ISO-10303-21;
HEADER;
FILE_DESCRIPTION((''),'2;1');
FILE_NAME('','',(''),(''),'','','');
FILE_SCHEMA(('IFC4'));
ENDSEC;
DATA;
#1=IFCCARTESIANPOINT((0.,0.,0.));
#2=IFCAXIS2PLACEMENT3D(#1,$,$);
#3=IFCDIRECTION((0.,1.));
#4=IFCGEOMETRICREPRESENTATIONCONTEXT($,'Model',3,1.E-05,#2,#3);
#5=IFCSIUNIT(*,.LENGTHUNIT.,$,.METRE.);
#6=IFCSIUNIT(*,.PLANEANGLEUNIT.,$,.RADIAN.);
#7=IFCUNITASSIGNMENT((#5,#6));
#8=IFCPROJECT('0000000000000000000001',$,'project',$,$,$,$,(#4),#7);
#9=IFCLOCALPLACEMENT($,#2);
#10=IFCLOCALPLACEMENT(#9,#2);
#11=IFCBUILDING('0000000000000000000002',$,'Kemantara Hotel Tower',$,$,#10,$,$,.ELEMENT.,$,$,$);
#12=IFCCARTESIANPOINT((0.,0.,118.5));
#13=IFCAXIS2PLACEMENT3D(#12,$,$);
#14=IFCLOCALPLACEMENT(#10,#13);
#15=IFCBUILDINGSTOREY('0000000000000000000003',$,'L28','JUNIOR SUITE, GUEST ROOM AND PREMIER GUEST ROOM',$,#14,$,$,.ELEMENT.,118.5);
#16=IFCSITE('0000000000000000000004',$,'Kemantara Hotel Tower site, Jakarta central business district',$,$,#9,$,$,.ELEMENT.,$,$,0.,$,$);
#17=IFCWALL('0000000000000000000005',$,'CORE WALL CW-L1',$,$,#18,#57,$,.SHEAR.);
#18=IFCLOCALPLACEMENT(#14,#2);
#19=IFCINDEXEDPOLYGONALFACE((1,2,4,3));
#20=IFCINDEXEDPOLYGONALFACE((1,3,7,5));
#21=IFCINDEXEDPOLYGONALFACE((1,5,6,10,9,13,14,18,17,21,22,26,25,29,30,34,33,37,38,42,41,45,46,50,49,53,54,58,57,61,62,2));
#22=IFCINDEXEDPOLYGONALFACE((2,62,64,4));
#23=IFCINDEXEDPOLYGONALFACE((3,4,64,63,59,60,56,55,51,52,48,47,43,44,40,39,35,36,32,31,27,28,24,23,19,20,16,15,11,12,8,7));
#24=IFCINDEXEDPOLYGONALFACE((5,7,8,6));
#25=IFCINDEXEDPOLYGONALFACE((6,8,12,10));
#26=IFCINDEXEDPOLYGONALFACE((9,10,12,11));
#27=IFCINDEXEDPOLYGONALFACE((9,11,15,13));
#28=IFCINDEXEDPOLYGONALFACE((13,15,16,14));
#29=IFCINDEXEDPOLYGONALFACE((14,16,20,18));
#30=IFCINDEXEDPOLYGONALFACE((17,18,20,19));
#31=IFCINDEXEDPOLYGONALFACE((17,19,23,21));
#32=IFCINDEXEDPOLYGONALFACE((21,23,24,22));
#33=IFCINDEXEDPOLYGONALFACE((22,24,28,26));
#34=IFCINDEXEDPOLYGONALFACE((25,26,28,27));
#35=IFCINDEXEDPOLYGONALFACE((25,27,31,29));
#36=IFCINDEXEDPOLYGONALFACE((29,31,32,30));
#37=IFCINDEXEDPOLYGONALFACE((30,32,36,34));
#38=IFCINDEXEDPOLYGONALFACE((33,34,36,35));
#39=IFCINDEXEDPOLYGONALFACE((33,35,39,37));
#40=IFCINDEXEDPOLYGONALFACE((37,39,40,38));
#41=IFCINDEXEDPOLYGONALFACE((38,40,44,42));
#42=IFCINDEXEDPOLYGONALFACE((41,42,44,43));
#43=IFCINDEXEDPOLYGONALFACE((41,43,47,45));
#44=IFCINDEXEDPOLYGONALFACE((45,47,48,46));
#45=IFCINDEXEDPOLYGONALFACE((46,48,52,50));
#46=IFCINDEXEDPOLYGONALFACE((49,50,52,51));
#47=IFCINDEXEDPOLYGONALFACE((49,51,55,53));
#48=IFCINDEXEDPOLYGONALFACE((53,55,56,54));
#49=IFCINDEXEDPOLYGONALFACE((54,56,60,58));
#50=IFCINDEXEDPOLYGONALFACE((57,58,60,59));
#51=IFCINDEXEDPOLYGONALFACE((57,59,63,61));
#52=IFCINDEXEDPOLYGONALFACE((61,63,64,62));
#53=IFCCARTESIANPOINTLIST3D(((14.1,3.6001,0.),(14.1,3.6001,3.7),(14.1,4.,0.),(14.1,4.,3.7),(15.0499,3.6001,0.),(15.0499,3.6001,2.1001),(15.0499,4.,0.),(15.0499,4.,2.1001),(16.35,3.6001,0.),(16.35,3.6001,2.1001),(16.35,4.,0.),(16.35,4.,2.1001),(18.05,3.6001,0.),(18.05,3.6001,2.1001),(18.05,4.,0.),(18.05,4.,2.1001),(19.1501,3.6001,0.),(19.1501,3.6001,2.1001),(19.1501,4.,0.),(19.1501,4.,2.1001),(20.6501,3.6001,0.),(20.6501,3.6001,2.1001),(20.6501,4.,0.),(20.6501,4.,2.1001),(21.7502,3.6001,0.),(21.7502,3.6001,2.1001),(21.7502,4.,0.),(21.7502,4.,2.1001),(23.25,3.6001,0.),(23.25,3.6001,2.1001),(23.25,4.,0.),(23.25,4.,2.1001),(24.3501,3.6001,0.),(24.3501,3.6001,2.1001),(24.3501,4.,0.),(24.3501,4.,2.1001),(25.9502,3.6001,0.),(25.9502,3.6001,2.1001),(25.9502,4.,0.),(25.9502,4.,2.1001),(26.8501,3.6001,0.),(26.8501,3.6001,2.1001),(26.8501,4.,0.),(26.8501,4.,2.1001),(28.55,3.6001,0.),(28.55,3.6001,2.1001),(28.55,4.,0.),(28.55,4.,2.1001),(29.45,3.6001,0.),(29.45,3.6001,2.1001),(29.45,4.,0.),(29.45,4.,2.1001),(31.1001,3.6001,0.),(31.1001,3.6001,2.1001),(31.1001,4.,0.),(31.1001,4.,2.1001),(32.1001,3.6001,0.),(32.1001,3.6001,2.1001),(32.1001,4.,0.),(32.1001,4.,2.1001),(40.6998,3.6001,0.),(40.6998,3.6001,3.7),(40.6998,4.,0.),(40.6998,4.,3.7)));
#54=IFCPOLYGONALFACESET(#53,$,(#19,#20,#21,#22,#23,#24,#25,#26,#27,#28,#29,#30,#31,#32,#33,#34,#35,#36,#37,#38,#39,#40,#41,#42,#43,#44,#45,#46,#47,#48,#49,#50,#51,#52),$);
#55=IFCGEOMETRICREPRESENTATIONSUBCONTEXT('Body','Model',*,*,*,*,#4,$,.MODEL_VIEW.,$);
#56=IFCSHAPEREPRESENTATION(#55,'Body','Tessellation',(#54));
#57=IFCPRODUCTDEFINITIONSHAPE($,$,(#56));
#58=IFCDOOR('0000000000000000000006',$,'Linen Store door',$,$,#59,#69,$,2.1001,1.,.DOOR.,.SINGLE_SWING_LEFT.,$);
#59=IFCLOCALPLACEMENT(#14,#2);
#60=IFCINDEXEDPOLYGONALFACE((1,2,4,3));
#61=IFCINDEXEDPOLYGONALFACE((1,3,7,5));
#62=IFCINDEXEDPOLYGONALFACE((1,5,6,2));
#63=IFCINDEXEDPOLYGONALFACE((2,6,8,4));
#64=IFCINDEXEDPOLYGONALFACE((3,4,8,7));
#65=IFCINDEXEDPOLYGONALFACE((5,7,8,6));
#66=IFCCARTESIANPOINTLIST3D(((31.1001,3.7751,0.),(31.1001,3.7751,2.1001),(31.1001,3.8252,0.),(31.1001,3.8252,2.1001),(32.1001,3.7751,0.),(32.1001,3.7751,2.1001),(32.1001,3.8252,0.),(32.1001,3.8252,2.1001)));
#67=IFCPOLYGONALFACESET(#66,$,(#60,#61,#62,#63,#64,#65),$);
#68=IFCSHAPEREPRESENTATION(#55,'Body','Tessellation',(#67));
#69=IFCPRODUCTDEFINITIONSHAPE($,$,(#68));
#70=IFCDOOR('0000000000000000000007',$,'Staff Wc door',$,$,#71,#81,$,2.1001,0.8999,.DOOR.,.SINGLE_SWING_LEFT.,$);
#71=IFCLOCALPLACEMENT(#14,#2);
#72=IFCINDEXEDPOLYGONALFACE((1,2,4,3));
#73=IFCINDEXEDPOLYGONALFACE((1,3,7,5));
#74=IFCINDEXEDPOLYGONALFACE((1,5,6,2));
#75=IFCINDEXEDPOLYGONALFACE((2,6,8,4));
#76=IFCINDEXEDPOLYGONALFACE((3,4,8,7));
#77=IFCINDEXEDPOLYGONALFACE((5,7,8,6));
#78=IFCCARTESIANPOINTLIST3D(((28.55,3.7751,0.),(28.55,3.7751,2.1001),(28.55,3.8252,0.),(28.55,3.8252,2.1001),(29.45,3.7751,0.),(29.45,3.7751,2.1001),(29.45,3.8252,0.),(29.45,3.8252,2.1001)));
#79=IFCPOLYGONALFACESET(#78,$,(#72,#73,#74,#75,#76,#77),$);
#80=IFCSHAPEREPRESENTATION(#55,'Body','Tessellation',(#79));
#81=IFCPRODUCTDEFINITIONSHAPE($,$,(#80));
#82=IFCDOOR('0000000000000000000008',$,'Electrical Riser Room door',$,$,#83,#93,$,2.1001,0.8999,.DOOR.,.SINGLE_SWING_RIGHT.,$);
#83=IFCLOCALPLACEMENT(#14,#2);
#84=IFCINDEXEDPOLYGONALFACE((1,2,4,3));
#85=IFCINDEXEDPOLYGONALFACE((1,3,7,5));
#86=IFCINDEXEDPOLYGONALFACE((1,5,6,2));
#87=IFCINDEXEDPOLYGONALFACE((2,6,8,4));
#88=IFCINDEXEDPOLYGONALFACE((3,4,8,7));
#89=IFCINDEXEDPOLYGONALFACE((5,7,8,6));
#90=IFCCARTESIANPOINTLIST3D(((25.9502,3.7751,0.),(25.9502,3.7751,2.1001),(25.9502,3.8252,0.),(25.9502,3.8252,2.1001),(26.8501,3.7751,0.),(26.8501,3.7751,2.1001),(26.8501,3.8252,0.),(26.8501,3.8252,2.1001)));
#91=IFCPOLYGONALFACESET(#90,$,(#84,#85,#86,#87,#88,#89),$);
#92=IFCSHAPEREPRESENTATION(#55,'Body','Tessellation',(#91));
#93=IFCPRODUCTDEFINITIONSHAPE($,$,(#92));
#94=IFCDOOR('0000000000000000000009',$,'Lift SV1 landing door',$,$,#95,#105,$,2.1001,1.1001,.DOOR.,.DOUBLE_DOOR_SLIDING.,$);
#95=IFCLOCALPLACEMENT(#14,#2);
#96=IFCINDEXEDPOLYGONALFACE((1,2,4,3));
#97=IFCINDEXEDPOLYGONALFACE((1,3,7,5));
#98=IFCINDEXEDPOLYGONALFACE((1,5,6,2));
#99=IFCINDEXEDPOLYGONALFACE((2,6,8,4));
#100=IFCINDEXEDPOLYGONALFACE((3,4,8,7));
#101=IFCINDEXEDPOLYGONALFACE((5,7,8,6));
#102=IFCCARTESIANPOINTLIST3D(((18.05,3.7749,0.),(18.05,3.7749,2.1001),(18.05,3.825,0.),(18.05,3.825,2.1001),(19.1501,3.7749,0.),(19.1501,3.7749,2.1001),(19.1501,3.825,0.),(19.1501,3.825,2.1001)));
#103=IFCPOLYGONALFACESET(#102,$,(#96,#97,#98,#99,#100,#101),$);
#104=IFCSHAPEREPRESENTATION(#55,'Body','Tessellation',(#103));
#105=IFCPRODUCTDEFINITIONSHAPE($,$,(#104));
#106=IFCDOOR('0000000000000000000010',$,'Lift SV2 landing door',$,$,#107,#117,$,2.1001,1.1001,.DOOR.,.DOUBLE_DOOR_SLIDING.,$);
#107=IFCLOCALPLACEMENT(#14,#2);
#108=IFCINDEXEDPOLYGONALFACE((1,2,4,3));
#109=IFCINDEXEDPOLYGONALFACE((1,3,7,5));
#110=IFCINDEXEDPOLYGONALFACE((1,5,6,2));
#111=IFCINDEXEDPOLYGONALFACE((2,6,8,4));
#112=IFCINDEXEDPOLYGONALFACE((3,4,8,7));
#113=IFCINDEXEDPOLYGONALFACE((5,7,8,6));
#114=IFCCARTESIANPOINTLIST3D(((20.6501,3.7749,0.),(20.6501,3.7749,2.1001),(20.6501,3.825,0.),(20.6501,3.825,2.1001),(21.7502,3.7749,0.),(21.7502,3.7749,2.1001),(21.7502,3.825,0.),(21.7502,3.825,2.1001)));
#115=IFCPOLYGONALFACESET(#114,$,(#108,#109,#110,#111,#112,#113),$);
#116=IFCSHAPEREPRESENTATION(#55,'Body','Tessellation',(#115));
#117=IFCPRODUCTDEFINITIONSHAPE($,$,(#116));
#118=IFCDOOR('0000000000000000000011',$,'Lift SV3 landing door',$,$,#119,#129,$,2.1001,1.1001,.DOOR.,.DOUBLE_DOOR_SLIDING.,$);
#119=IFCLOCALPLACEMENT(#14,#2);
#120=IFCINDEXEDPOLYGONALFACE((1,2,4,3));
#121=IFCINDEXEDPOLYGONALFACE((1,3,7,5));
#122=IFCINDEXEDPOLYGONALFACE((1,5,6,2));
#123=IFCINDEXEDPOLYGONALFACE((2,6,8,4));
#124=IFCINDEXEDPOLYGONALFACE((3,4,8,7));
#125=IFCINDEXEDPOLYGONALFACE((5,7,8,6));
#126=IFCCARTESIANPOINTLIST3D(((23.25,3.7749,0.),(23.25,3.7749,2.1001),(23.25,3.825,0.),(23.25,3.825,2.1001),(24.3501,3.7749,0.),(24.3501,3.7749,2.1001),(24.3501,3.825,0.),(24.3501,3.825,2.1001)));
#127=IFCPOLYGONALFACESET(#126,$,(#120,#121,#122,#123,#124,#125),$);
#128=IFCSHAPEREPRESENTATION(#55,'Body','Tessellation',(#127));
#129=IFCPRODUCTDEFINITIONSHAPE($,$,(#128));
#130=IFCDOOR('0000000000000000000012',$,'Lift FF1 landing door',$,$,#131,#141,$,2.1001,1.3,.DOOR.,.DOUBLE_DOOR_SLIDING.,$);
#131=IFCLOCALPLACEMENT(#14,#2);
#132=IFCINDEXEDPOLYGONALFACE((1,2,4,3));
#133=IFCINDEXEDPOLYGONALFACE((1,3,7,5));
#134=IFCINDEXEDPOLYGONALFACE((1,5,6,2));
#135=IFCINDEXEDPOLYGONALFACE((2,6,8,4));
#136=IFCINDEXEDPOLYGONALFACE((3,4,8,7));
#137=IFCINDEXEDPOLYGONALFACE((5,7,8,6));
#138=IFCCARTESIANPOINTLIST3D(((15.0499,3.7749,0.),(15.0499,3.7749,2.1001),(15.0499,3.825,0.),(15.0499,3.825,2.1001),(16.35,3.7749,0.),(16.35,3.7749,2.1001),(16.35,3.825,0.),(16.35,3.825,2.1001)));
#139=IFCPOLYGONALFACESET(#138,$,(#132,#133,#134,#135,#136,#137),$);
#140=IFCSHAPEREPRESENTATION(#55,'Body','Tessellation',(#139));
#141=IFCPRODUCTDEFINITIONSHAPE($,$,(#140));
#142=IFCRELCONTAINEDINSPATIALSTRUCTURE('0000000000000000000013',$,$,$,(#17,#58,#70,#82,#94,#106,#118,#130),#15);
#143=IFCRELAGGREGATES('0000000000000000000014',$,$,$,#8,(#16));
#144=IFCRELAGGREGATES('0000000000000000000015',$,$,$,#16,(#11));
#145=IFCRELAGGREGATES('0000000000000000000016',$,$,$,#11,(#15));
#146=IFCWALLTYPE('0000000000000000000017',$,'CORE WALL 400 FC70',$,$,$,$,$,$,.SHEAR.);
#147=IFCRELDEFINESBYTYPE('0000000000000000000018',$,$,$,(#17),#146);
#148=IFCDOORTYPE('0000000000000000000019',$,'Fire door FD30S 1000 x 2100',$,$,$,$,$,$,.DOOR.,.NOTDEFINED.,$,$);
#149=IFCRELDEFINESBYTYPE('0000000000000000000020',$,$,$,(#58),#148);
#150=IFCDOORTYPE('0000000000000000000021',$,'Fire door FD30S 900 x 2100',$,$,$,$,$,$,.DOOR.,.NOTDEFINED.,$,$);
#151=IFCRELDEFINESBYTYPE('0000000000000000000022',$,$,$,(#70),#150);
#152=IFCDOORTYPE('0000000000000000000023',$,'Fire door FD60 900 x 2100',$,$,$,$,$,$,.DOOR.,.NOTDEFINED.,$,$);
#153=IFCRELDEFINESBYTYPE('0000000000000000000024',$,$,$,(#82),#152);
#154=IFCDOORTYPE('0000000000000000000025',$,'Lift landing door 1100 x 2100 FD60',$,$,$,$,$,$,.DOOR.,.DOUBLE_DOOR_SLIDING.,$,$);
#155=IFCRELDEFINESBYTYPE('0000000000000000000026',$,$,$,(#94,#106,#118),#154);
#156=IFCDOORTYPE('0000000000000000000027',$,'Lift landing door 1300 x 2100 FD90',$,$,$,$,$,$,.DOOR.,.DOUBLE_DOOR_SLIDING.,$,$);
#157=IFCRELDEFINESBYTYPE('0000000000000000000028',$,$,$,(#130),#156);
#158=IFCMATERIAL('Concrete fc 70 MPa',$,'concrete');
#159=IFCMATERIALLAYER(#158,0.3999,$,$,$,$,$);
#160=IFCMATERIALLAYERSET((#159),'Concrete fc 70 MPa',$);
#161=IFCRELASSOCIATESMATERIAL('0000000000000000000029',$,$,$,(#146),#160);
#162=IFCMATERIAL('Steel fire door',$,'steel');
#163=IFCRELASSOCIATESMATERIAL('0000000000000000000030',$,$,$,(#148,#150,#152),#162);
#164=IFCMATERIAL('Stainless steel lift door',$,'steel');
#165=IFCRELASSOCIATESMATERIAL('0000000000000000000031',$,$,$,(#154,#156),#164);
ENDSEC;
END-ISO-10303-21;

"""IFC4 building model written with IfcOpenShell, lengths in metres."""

from ifc_helpers import new_model, si_unit, direction, frame, frame_2d, origin, place, context, subcontext, project, spatial, rectangle, extrude, material, layer, layer_set, type_object, element, fill, save


model = new_model("IFC4")

# Units and contexts
model_context = context("Model", 3, precision=1e-05, world=origin(), true_north=direction((0.0, 1.0)))
body_context = subcontext(model_context, "Body", "Model", "MODEL_VIEW")
ifc_project = project(units=[si_unit("LENGTHUNIT", "METRE"), si_unit("PLANEANGLEUNIT", "RADIAN")], contexts=[model_context])

# Site, building, storey
site_placement = place(None, origin())
site = spatial("IfcSite", under=ifc_project, at=site_placement, Name="Kemantara Hotel Tower site, Jakarta central business district", CompositionType="ELEMENT", RefElevation=0.0)
building_placement = place(site_placement, origin())
building = spatial("IfcBuilding", under=site, at=building_placement, Name="Kemantara Hotel Tower", CompositionType="ELEMENT")
storey_placement = place(building_placement, frame((0.0, 0.0, 118.5)))
storey = spatial("IfcBuildingStorey", under=building, at=storey_placement, Name="L28", Description="JUNIOR SUITE, GUEST ROOM AND PREMIER GUEST ROOM", CompositionType="ELEMENT", Elevation=118.5)

# Shared definitions
ifc_material_1 = material(Name="Concrete fc 70 MPa", Category="concrete")

# Wall, openings, doors
ifc_layer_1 = layer(ifc_material_1, 0.3999)
ifc_layer_set_1 = layer_set([ifc_layer_1], Name="Concrete fc 70 MPa")
wall_type_1 = type_object("IfcWallType", Name="CORE WALL 400 FC70", PredefinedType="SHEAR", material=ifc_layer_set_1)
wall_1_placement = place(storey_placement, frame((14.1001, 3.8, 0.0), z_axis=(0.0, 0.0, 1.0), x_axis=(1.0, 0.0, 0.0)))
wall_1 = element("IfcWall", 1, at=wall_1_placement, inside=storey, type_object=wall_type_1, Name="CORE WALL CW-L1", PredefinedType="SHEAR", context=body_context, shape_type="SweptSolid", body=[
    extrude(rectangle(XDim=26.5999, YDim=0.3999, at=frame_2d((13.2998, 0.0))), origin(), (0.0, 0.0, 1.0), 3.7),
])
opening_1_placement = place(wall_1_placement, frame((0.95, 0.0, 0.0)))
opening_1 = element("IfcOpeningElement", 2, at=opening_1_placement, cuts=wall_1, PredefinedType="OPENING", context=body_context, shape_type="SweptSolid", body=[
    extrude(rectangle(XDim=1.3, YDim=2.1001, at=frame_2d((0.6499, 1.05))), frame((0.0, 0.21, 0.0), z_axis=(0.0, -1.0, 0.0), x_axis=(1.0, 0.0, 0.0)), (0.0, 0.0, 1.0), 0.4199),
])
opening_2_placement = place(wall_1_placement, frame((3.95, 0.0, 0.0)))
opening_2 = element("IfcOpeningElement", 3, at=opening_2_placement, cuts=wall_1, PredefinedType="OPENING", context=body_context, shape_type="SweptSolid", body=[
    extrude(rectangle(XDim=1.1001, YDim=2.1001, at=frame_2d((0.55, 1.05))), frame((0.0, 0.21, 0.0), z_axis=(0.0, -1.0, 0.0), x_axis=(1.0, 0.0, 0.0)), (0.0, 0.0, 1.0), 0.4199),
])
opening_3_placement = place(wall_1_placement, frame((6.55, 0.0, 0.0)))
opening_3 = element("IfcOpeningElement", 4, at=opening_3_placement, cuts=wall_1, PredefinedType="OPENING", context=body_context, shape_type="SweptSolid", body=[
    extrude(rectangle(XDim=1.1001, YDim=2.1001, at=frame_2d((0.55, 1.05))), frame((0.0, 0.21, 0.0), z_axis=(0.0, -1.0, 0.0), x_axis=(1.0, 0.0, 0.0)), (0.0, 0.0, 1.0), 0.4199),
])
opening_4_placement = place(wall_1_placement, frame((9.1499, 0.0, 0.0)))
opening_4 = element("IfcOpeningElement", 5, at=opening_4_placement, cuts=wall_1, PredefinedType="OPENING", context=body_context, shape_type="SweptSolid", body=[
    extrude(rectangle(XDim=1.1001, YDim=2.1001, at=frame_2d((0.55, 1.05))), frame((0.0, 0.21, 0.0), z_axis=(0.0, -1.0, 0.0), x_axis=(1.0, 0.0, 0.0)), (0.0, 0.0, 1.0), 0.4199),
])
opening_5_placement = place(wall_1_placement, frame((11.8501, 0.0, 0.0)))
opening_5 = element("IfcOpeningElement", 6, at=opening_5_placement, cuts=wall_1, PredefinedType="OPENING", context=body_context, shape_type="SweptSolid", body=[
    extrude(rectangle(XDim=0.8999, YDim=2.1001, at=frame_2d((0.45, 1.05))), frame((0.0, 0.21, 0.0), z_axis=(0.0, -1.0, 0.0), x_axis=(1.0, 0.0, 0.0)), (0.0, 0.0, 1.0), 0.4199),
])
opening_6_placement = place(wall_1_placement, frame((14.45, 0.0, 0.0)))
opening_6 = element("IfcOpeningElement", 7, at=opening_6_placement, cuts=wall_1, PredefinedType="OPENING", context=body_context, shape_type="SweptSolid", body=[
    extrude(rectangle(XDim=0.8999, YDim=2.1001, at=frame_2d((0.45, 1.05))), frame((0.0, 0.21, 0.0), z_axis=(0.0, -1.0, 0.0), x_axis=(1.0, 0.0, 0.0)), (0.0, 0.0, 1.0), 0.4199),
])
opening_7_placement = place(wall_1_placement, frame((17.0, 0.0, 0.0)))
opening_7 = element("IfcOpeningElement", 8, at=opening_7_placement, cuts=wall_1, PredefinedType="OPENING", context=body_context, shape_type="SweptSolid", body=[
    extrude(rectangle(XDim=1.0, YDim=2.1001, at=frame_2d((0.5, 1.05))), frame((0.0, 0.21, 0.0), z_axis=(0.0, -1.0, 0.0), x_axis=(1.0, 0.0, 0.0)), (0.0, 0.0, 1.0), 0.4199),
])
ifc_material_2 = material(Name="Steel fire door", Category="steel")
door_type_1 = type_object("IfcDoorType", Name="Fire door FD30S 1000 x 2100", OperationType="NOTDEFINED", PredefinedType="DOOR", material=ifc_material_2)
door_1_placement = place(opening_7_placement, frame((1.0, 0.0, 0.0), z_axis=(0.0, 0.0, 1.0), x_axis=(-1.0, 0.0, 0.0)))
door_1 = element("IfcDoor", 9, at=door_1_placement, inside=storey, type_object=door_type_1, Name="Linen Store door", OperationType="SINGLE_SWING_LEFT", OverallHeight=2.1001, OverallWidth=1.0, PredefinedType="DOOR", context=body_context, shape_type="SweptSolid", body=[
    extrude(rectangle(XDim=1.0, YDim=2.1001, at=frame_2d((0.5, 1.05))), frame((0.0, 0.0249, 0.0), z_axis=(0.0, -1.0, 0.0), x_axis=(1.0, 0.0, 0.0)), (0.0, 0.0, 1.0), 0.05),
])
fill(opening_7, door_1)
door_type_2 = type_object("IfcDoorType", Name="Fire door FD30S 900 x 2100", OperationType="NOTDEFINED", PredefinedType="DOOR", material=ifc_material_2)
door_2_placement = place(opening_6_placement, frame((0.8999, 0.0, 0.0), z_axis=(0.0, 0.0, 1.0), x_axis=(-1.0, 0.0, 0.0)))
door_2 = element("IfcDoor", 10, at=door_2_placement, inside=storey, type_object=door_type_2, Name="Staff Wc door", OperationType="SINGLE_SWING_LEFT", OverallHeight=2.1001, OverallWidth=0.8999, PredefinedType="DOOR", context=body_context, shape_type="SweptSolid", body=[
    extrude(rectangle(XDim=0.8999, YDim=2.1001, at=frame_2d((0.45, 1.05))), frame((0.0, 0.0249, 0.0), z_axis=(0.0, -1.0, 0.0), x_axis=(1.0, 0.0, 0.0)), (0.0, 0.0, 1.0), 0.05),
])
fill(opening_6, door_2)
door_type_3 = type_object("IfcDoorType", Name="Fire door FD60 900 x 2100", OperationType="NOTDEFINED", PredefinedType="DOOR", material=ifc_material_2)
door_3_placement = place(opening_5_placement, frame((0.8999, 0.0, 0.0), z_axis=(0.0, 0.0, 1.0), x_axis=(-1.0, 0.0, 0.0)))
door_3 = element("IfcDoor", 11, at=door_3_placement, inside=storey, type_object=door_type_3, Name="Electrical Riser Room door", OperationType="SINGLE_SWING_RIGHT", OverallHeight=2.1001, OverallWidth=0.8999, PredefinedType="DOOR", context=body_context, shape_type="SweptSolid", body=[
    extrude(rectangle(XDim=0.8999, YDim=2.1001, at=frame_2d((0.45, 1.05))), frame((0.0, 0.0249, 0.0), z_axis=(0.0, -1.0, 0.0), x_axis=(1.0, 0.0, 0.0)), (0.0, 0.0, 1.0), 0.05),
])
fill(opening_5, door_3)
ifc_material_3 = material(Name="Stainless steel lift door", Category="steel")
door_type_4 = type_object("IfcDoorType", Name="Lift landing door 1100 x 2100 FD60", OperationType="DOUBLE_DOOR_SLIDING", PredefinedType="DOOR", material=ifc_material_3)
door_4_placement = place(opening_2_placement, origin())
door_4 = element("IfcDoor", 12, at=door_4_placement, inside=storey, type_object=door_type_4, Name="Lift SV1 landing door", OperationType="DOUBLE_DOOR_SLIDING", OverallHeight=2.1001, OverallWidth=1.1001, PredefinedType="DOOR", context=body_context, shape_type="SweptSolid", body=[
    extrude(rectangle(XDim=1.1001, YDim=2.1001, at=frame_2d((0.55, 1.05))), frame((0.0, 0.0249, 0.0), z_axis=(0.0, -1.0, 0.0), x_axis=(1.0, 0.0, 0.0)), (0.0, 0.0, 1.0), 0.05),
])
fill(opening_2, door_4)
door_5_placement = place(opening_3_placement, origin())
door_5 = element("IfcDoor", 13, at=door_5_placement, inside=storey, type_object=door_type_4, Name="Lift SV2 landing door", OperationType="DOUBLE_DOOR_SLIDING", OverallHeight=2.1001, OverallWidth=1.1001, PredefinedType="DOOR", context=body_context, shape_type="SweptSolid", body=[
    extrude(rectangle(XDim=1.1001, YDim=2.1001, at=frame_2d((0.55, 1.05))), frame((0.0, 0.0249, 0.0), z_axis=(0.0, -1.0, 0.0), x_axis=(1.0, 0.0, 0.0)), (0.0, 0.0, 1.0), 0.05),
])
fill(opening_3, door_5)
door_6_placement = place(opening_4_placement, origin())
door_6 = element("IfcDoor", 14, at=door_6_placement, inside=storey, type_object=door_type_4, Name="Lift SV3 landing door", OperationType="DOUBLE_DOOR_SLIDING", OverallHeight=2.1001, OverallWidth=1.1001, PredefinedType="DOOR", context=body_context, shape_type="SweptSolid", body=[
    extrude(rectangle(XDim=1.1001, YDim=2.1001, at=frame_2d((0.55, 1.05))), frame((0.0, 0.0249, 0.0), z_axis=(0.0, -1.0, 0.0), x_axis=(1.0, 0.0, 0.0)), (0.0, 0.0, 1.0), 0.05),
])
fill(opening_4, door_6)
door_type_5 = type_object("IfcDoorType", Name="Lift landing door 1300 x 2100 FD90", OperationType="DOUBLE_DOOR_SLIDING", PredefinedType="DOOR", material=ifc_material_3)
door_7_placement = place(opening_1_placement, origin())
door_7 = element("IfcDoor", 15, at=door_7_placement, inside=storey, type_object=door_type_5, Name="Lift FF1 landing door", OperationType="DOUBLE_DOOR_SLIDING", OverallHeight=2.1001, OverallWidth=1.3, PredefinedType="DOOR", context=body_context, shape_type="SweptSolid", body=[
    extrude(rectangle(XDim=1.3, YDim=2.1001, at=frame_2d((0.6499, 1.05))), frame((0.0, 0.0249, 0.0), z_axis=(0.0, -1.0, 0.0), x_axis=(1.0, 0.0, 0.0)), (0.0, 0.0, 1.0), 0.05),
])
fill(opening_1, door_7)

save(model, "model.ifc")
